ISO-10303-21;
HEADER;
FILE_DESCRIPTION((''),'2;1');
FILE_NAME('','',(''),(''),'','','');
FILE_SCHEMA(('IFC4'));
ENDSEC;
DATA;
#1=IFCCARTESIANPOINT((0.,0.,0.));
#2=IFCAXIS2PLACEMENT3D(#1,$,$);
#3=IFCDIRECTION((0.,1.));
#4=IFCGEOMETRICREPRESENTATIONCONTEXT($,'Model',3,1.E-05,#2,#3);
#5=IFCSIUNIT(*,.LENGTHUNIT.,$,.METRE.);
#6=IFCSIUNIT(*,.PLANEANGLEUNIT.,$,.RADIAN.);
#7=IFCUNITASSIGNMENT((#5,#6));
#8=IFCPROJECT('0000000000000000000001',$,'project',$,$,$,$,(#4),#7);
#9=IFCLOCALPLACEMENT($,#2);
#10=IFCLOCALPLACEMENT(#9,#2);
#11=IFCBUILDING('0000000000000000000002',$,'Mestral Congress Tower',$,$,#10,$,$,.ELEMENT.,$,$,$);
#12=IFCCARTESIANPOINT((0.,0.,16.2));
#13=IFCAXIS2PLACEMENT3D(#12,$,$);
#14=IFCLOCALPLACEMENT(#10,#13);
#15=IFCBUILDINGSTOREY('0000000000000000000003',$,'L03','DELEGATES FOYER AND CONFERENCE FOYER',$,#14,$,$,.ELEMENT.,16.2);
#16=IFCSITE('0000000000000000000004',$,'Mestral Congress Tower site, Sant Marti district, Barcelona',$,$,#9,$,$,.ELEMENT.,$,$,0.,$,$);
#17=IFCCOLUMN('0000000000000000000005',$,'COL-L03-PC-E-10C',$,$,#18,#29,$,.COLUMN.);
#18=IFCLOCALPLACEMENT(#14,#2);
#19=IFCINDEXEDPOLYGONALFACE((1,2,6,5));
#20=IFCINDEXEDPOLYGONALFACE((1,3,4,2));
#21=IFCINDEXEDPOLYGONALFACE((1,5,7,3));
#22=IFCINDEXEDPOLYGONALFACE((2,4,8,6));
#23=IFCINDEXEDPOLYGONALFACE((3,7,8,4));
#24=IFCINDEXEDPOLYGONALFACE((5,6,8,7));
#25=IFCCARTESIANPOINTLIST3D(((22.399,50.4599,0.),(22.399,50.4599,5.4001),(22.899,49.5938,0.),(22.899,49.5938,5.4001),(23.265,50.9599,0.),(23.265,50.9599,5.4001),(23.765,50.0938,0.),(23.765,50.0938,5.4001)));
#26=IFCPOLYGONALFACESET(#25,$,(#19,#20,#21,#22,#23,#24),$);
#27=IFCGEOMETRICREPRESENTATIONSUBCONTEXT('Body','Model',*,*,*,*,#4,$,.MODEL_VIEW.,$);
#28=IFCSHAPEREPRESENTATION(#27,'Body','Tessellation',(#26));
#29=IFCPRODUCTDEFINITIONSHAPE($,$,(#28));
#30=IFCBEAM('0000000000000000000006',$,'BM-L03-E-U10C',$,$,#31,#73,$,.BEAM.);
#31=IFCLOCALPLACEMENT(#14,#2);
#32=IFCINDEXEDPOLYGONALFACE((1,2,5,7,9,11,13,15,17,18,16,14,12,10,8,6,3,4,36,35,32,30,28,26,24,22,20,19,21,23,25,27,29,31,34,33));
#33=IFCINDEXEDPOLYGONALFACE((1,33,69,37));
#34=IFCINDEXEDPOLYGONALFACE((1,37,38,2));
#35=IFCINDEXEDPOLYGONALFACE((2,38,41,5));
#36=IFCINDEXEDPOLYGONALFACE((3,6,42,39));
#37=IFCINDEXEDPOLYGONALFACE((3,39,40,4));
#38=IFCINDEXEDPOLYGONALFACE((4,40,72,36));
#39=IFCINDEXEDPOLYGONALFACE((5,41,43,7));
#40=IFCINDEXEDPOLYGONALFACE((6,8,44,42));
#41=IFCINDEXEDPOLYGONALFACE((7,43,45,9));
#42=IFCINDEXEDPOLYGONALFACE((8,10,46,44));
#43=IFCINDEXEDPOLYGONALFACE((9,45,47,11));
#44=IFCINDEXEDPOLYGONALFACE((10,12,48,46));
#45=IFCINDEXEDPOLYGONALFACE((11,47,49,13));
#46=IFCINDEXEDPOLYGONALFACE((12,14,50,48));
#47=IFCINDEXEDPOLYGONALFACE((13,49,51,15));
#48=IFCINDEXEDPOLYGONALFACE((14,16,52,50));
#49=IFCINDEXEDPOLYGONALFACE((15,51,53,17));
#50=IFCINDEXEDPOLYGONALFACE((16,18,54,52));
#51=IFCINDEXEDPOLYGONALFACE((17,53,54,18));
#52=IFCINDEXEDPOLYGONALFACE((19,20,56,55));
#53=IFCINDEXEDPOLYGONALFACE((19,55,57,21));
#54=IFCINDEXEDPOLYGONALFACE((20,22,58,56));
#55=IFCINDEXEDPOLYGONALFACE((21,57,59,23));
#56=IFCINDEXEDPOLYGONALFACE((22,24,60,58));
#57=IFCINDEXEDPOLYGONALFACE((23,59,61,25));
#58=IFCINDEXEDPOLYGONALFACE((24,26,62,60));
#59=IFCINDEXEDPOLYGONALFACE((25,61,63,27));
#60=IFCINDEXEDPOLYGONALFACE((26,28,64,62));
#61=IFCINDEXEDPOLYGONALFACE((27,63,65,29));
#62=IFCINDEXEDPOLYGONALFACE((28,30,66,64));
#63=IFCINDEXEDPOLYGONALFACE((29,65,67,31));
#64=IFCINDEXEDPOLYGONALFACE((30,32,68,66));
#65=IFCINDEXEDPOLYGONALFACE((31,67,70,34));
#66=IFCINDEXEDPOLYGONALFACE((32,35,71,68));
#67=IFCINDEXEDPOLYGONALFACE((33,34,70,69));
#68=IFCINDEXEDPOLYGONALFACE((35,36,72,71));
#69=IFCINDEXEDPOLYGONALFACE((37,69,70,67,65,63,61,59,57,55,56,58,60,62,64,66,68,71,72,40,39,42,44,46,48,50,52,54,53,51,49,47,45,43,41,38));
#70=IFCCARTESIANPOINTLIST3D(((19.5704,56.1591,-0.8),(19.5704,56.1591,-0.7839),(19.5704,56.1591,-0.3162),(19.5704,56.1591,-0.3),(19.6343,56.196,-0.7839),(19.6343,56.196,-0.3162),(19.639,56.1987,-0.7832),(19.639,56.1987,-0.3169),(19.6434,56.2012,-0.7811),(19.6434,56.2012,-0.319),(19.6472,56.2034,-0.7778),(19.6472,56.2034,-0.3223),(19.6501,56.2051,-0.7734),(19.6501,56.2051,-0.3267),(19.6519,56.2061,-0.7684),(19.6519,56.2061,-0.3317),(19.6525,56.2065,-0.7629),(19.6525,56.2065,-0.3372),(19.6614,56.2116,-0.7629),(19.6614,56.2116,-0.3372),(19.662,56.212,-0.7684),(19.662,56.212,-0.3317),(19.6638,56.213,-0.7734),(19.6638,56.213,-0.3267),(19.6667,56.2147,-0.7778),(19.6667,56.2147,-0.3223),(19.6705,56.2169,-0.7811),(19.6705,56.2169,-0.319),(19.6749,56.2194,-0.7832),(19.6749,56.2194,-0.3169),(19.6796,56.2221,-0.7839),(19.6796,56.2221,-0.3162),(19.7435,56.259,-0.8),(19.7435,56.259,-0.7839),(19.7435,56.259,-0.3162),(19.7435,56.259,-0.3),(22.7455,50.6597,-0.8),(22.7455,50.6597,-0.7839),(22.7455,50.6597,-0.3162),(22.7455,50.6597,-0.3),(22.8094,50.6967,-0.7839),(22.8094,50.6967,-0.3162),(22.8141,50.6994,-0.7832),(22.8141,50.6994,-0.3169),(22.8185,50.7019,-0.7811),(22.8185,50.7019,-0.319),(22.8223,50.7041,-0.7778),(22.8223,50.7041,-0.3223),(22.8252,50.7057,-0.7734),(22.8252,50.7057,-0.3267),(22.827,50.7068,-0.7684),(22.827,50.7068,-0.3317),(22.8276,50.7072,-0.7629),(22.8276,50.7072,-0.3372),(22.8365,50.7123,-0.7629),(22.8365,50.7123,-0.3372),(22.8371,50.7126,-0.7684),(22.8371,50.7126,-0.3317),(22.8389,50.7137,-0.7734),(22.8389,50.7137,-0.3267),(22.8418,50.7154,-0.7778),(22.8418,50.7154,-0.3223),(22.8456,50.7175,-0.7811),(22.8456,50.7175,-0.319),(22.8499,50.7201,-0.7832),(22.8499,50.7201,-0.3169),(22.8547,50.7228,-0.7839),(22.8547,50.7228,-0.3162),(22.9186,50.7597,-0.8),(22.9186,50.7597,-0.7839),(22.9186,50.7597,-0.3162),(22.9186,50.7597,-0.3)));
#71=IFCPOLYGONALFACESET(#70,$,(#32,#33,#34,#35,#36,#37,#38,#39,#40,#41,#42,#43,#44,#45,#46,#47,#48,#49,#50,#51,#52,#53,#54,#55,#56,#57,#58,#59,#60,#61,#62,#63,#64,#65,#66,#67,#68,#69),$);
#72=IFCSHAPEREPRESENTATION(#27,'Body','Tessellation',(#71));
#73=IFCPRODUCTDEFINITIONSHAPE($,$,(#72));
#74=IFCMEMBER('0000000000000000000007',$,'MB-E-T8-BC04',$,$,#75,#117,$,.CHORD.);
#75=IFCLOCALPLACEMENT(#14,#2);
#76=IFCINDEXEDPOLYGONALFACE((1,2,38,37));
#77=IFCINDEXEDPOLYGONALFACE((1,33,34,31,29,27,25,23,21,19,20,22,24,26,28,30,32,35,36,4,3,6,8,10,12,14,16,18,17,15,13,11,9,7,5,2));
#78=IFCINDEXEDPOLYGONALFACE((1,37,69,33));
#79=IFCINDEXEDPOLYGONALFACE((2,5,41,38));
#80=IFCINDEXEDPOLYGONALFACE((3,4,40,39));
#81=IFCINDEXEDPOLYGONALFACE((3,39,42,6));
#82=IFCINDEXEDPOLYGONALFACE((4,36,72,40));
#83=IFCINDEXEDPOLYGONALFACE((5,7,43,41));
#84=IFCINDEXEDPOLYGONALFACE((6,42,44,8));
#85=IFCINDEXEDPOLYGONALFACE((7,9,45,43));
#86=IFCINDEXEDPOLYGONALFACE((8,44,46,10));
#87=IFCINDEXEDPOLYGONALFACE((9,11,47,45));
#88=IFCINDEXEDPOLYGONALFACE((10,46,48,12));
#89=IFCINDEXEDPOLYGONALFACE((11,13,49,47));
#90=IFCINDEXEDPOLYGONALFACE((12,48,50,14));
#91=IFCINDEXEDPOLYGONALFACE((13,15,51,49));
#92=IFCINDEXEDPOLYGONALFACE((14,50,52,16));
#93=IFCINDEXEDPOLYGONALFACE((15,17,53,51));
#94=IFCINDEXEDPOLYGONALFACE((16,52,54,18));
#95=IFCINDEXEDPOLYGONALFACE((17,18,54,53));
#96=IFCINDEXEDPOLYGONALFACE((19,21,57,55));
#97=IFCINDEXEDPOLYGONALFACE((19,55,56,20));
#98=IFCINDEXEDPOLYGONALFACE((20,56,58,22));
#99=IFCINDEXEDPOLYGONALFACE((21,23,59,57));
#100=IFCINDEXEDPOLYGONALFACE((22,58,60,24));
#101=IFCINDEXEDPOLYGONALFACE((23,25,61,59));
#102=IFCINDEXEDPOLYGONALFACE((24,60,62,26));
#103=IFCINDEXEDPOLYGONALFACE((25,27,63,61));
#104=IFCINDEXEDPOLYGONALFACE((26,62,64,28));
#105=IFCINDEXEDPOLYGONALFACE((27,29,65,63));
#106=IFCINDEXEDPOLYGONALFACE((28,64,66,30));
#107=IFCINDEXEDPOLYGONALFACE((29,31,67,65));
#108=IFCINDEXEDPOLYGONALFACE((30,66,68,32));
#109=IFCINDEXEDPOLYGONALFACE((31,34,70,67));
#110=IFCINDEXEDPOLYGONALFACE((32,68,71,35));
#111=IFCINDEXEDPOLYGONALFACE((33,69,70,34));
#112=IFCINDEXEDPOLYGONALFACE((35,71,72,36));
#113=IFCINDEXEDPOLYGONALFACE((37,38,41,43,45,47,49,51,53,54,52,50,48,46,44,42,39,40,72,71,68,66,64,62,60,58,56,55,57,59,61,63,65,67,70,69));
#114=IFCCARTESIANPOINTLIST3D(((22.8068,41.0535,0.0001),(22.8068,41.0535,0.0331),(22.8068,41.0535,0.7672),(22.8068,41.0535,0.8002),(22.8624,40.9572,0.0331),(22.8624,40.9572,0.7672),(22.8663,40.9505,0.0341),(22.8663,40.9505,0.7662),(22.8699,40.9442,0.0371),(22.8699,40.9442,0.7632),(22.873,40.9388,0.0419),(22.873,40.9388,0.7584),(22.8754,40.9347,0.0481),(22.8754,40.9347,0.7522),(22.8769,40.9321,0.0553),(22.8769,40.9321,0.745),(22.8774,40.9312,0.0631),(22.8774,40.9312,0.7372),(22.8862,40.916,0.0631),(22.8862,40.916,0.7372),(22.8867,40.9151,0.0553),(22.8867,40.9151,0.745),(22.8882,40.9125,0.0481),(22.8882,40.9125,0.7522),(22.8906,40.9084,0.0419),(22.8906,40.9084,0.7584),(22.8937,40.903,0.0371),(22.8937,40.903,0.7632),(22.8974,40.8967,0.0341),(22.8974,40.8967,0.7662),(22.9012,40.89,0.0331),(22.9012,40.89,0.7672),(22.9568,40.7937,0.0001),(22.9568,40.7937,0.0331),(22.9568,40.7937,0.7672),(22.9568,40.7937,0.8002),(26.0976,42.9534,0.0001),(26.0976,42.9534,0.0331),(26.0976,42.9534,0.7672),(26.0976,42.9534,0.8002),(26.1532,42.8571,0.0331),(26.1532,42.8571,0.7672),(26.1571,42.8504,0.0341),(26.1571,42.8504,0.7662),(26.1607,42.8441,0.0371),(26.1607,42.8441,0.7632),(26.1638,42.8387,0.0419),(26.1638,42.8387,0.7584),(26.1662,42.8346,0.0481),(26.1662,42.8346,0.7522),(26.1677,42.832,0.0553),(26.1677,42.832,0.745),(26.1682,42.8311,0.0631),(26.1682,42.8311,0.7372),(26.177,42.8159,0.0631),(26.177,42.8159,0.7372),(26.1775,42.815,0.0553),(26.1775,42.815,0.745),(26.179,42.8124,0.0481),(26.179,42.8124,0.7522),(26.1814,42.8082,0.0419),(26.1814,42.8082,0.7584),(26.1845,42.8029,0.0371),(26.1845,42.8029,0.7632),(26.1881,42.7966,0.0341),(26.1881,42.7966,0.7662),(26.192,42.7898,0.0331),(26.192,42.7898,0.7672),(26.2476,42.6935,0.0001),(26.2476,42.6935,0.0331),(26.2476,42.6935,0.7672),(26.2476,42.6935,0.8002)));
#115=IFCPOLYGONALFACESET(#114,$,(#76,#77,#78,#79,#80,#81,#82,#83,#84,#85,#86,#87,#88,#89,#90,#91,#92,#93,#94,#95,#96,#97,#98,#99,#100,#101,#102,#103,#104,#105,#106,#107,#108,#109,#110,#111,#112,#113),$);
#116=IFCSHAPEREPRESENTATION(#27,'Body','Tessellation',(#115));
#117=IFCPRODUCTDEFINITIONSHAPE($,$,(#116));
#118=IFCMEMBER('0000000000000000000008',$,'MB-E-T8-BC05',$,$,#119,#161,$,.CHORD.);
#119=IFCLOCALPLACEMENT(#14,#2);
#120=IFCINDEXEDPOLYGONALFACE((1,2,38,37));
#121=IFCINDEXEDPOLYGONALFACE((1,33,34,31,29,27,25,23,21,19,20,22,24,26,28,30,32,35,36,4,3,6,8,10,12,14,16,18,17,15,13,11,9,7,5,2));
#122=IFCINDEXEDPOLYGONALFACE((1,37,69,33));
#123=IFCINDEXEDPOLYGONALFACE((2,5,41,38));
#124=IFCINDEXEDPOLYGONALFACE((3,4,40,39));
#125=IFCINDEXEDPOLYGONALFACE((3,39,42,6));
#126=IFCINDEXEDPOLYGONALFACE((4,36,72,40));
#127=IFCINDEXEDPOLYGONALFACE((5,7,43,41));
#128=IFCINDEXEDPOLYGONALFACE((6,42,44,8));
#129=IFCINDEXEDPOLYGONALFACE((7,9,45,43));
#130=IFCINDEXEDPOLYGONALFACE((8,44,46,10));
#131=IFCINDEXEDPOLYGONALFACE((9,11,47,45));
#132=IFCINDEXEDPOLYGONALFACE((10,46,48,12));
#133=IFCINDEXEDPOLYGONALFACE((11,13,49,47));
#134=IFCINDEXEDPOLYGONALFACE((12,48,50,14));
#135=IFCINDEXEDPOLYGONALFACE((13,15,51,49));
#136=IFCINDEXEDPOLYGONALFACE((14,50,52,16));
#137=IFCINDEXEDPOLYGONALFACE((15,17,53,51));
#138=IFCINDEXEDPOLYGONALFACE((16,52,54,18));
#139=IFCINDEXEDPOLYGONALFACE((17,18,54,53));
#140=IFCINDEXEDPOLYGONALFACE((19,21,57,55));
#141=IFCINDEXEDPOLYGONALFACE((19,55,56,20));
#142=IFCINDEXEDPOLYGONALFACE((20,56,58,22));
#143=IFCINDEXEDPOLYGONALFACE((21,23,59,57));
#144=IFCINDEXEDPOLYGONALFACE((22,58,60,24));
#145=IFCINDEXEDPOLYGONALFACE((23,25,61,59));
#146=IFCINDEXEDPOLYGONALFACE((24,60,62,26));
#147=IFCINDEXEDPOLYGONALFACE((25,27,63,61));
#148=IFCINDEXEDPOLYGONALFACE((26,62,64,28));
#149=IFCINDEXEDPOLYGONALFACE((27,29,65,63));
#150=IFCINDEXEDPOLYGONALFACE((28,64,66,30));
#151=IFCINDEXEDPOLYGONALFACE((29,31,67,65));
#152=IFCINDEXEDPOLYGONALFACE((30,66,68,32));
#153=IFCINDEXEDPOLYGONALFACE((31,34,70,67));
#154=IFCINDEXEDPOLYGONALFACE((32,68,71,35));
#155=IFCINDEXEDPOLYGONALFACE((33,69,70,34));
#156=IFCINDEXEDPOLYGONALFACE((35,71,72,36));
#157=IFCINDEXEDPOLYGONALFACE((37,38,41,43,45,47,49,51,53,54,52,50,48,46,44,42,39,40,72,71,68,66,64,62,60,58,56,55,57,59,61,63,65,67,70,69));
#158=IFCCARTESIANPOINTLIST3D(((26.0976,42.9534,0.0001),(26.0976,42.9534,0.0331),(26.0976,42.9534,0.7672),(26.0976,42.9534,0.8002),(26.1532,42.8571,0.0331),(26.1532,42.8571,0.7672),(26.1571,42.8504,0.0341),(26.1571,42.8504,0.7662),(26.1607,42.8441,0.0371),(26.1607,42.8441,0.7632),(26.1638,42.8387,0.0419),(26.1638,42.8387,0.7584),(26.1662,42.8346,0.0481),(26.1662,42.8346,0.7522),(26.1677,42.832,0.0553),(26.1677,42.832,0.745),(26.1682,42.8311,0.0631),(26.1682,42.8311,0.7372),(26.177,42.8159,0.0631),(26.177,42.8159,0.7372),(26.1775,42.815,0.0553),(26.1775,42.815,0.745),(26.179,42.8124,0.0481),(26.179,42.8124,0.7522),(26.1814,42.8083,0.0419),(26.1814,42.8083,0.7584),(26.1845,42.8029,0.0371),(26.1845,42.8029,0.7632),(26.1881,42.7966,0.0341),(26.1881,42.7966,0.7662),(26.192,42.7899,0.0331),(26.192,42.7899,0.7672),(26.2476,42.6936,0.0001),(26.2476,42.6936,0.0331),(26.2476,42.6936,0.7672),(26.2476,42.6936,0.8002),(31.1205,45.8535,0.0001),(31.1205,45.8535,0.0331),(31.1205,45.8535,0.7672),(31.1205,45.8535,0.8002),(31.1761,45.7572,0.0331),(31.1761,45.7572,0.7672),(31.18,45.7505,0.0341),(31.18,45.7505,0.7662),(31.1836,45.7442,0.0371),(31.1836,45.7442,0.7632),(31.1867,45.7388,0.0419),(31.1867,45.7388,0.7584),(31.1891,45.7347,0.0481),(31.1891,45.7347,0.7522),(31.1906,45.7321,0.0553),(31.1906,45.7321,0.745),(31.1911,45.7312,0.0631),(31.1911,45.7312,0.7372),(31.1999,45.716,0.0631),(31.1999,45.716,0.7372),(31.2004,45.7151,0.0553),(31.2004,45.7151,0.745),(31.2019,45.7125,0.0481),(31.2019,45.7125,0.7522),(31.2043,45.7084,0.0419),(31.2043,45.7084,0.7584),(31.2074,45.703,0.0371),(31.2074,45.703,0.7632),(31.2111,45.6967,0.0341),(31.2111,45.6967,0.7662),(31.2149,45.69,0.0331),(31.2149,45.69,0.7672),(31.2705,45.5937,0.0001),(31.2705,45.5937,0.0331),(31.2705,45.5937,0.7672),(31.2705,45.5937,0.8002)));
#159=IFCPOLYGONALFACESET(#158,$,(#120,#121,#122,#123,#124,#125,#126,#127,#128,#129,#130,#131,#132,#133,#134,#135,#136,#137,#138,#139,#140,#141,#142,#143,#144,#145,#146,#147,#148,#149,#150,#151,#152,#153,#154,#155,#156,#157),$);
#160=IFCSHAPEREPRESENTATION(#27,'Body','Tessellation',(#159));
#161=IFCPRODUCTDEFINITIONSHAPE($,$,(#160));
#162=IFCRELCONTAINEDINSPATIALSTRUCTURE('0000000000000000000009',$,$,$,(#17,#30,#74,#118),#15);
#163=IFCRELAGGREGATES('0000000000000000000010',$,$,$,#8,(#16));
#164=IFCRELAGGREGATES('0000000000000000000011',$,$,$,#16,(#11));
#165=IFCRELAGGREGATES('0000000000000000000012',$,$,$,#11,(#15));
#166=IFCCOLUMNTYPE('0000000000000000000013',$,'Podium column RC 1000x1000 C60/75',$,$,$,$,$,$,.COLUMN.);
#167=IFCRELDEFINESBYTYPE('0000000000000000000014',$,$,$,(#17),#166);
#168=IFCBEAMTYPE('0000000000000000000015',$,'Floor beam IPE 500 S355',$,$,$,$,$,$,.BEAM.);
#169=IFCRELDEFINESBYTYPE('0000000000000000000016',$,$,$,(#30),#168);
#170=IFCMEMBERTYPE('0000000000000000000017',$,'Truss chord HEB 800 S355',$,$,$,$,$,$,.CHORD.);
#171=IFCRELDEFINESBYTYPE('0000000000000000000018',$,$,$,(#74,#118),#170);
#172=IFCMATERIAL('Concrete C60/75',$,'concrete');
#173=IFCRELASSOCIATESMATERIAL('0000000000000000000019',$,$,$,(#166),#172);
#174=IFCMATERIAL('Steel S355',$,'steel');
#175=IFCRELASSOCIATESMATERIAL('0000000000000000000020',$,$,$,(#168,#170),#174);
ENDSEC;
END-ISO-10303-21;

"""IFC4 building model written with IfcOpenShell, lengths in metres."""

from ifc_helpers import new_model, si_unit, direction, frame, origin, origin_2d, place, context, subcontext, project, spatial, rectangle, i_section, extrude, material, material_profile, profile_set, type_object, element, save


model = new_model("IFC4")

# Units and contexts
model_context = context("Model", 3, precision=1e-05, world=origin(), true_north=direction((0.0, 1.0)))
body_context = subcontext(model_context, "Body", "Model", "MODEL_VIEW")
ifc_project = project(units=[si_unit("LENGTHUNIT", "METRE"), si_unit("PLANEANGLEUNIT", "RADIAN")], contexts=[model_context])

# Site, building, storey
site_placement = place(None, origin())
site = spatial("IfcSite", under=ifc_project, at=site_placement, Name="Mestral Congress Tower site, Sant Marti district, Barcelona", CompositionType="ELEMENT", RefElevation=0.0)
building_placement = place(site_placement, origin())
building = spatial("IfcBuilding", under=site, at=building_placement, Name="Mestral Congress Tower", CompositionType="ELEMENT")
storey_placement = place(building_placement, frame((0.0, 0.0, 16.2)))
storey = spatial("IfcBuildingStorey", under=building, at=storey_placement, Name="L03", Description="DELEGATES FOYER AND CONFERENCE FOYER", CompositionType="ELEMENT", Elevation=16.2)

# Column
ifc_material_1 = material(Name="Concrete C60/75", Category="concrete")
ifc_material_profile_1 = material_profile(ifc_material_1, rectangle(XDim=1.0, YDim=1.0, at=origin_2d()), Name="RC 1000x1000")
ifc_profile_set_1 = profile_set([ifc_material_profile_1], Name="Concrete C60/75")
column_type = type_object("IfcColumnType", Name="Podium column RC 1000x1000 C60/75", PredefinedType="COLUMN", material=ifc_profile_set_1)
column_placement = place(storey_placement, frame((23.082, 50.2769, 0.0), z_axis=(0.0, 0.0, 1.0), x_axis=(-0.5, 0.866025, 0.0)))
element("IfcColumn", 1, at=column_placement, inside=storey, type_object=column_type, Name="COL-L03-PC-E-10C", PredefinedType="COLUMN", context=body_context, shape_type="SweptSolid", body=[
    extrude(rectangle(XDim=1.0, YDim=1.0, at=origin_2d()), origin(), (0.0, 0.0, 1.0), 5.4001),
])

# Beam
ifc_material_2 = material(Name="Steel S355", Category="steel")
ifc_material_profile_2 = material_profile(ifc_material_2, i_section(OverallWidth=0.2, OverallDepth=0.5, WebThickness=0.0103, FlangeThickness=0.0161, FilletRadius=0.021, at=origin_2d()), Name="IPE 500")
ifc_profile_set_2 = profile_set([ifc_material_profile_2], Name="Steel S355")
beam_type = type_object("IfcBeamType", Name="Floor beam IPE 500 S355", PredefinedType="BEAM", material=ifc_profile_set_2)
beam_placement = place(storey_placement, frame((22.832, 50.7097, -0.55), z_axis=(-0.500005, 0.866022, 0.0), x_axis=(-0.866022, -0.500005, 0.0)))
element("IfcBeam", 2, at=beam_placement, inside=storey, type_object=beam_type, Name="BM-L03-E-U10C", PredefinedType="BEAM", context=body_context, shape_type="SweptSolid", body=[
    extrude(i_section(OverallWidth=0.2, OverallDepth=0.5, WebThickness=0.0103, FlangeThickness=0.0161, FilletRadius=0.021, at=origin_2d()), origin(), (0.0, 0.0, 1.0), 6.3501),
])

# Members
ifc_material_profile_3 = material_profile(ifc_material_2, i_section(OverallWidth=0.3, OverallDepth=0.8, WebThickness=0.0176, FlangeThickness=0.033, FilletRadius=0.03, at=origin_2d()), Name="HEB 800")
ifc_profile_set_3 = profile_set([ifc_material_profile_3], Name="Steel S355")
member_type_1 = type_object("IfcMemberType", Name="Truss chord HEB 800 S355", PredefinedType="CHORD", material=ifc_profile_set_3)
member_1_placement = place(storey_placement, frame((22.8818, 40.9236, 0.4001), z_axis=(0.866028, 0.499995, 0.0), x_axis=(-0.499995, 0.866028, 0.0)))
element("IfcMember", 3, at=member_1_placement, inside=storey, type_object=member_type_1, Name="MB-E-T8-BC04", PredefinedType="CHORD", context=body_context, shape_type="SweptSolid", body=[
    extrude(i_section(OverallWidth=0.3, OverallDepth=0.8, WebThickness=0.0176, FlangeThickness=0.033, FilletRadius=0.03, at=origin_2d()), origin(), (0.0, 0.0, 1.0), 3.7998),
])
member_2_placement = place(storey_placement, frame((26.1726, 42.8235, 0.4001), z_axis=(0.866015, 0.500019, 0.0), x_axis=(-0.500019, 0.866015, 0.0)))
element("IfcMember", 4, at=member_2_placement, inside=storey, type_object=member_type_1, Name="MB-E-T8-BC05", PredefinedType="CHORD", context=body_context, shape_type="SweptSolid", body=[
    extrude(i_section(OverallWidth=0.3, OverallDepth=0.8, WebThickness=0.0176, FlangeThickness=0.033, FilletRadius=0.03, at=origin_2d()), origin(), (0.0, 0.0, 1.0), 5.8),
])

save(model, "model.ifc")
